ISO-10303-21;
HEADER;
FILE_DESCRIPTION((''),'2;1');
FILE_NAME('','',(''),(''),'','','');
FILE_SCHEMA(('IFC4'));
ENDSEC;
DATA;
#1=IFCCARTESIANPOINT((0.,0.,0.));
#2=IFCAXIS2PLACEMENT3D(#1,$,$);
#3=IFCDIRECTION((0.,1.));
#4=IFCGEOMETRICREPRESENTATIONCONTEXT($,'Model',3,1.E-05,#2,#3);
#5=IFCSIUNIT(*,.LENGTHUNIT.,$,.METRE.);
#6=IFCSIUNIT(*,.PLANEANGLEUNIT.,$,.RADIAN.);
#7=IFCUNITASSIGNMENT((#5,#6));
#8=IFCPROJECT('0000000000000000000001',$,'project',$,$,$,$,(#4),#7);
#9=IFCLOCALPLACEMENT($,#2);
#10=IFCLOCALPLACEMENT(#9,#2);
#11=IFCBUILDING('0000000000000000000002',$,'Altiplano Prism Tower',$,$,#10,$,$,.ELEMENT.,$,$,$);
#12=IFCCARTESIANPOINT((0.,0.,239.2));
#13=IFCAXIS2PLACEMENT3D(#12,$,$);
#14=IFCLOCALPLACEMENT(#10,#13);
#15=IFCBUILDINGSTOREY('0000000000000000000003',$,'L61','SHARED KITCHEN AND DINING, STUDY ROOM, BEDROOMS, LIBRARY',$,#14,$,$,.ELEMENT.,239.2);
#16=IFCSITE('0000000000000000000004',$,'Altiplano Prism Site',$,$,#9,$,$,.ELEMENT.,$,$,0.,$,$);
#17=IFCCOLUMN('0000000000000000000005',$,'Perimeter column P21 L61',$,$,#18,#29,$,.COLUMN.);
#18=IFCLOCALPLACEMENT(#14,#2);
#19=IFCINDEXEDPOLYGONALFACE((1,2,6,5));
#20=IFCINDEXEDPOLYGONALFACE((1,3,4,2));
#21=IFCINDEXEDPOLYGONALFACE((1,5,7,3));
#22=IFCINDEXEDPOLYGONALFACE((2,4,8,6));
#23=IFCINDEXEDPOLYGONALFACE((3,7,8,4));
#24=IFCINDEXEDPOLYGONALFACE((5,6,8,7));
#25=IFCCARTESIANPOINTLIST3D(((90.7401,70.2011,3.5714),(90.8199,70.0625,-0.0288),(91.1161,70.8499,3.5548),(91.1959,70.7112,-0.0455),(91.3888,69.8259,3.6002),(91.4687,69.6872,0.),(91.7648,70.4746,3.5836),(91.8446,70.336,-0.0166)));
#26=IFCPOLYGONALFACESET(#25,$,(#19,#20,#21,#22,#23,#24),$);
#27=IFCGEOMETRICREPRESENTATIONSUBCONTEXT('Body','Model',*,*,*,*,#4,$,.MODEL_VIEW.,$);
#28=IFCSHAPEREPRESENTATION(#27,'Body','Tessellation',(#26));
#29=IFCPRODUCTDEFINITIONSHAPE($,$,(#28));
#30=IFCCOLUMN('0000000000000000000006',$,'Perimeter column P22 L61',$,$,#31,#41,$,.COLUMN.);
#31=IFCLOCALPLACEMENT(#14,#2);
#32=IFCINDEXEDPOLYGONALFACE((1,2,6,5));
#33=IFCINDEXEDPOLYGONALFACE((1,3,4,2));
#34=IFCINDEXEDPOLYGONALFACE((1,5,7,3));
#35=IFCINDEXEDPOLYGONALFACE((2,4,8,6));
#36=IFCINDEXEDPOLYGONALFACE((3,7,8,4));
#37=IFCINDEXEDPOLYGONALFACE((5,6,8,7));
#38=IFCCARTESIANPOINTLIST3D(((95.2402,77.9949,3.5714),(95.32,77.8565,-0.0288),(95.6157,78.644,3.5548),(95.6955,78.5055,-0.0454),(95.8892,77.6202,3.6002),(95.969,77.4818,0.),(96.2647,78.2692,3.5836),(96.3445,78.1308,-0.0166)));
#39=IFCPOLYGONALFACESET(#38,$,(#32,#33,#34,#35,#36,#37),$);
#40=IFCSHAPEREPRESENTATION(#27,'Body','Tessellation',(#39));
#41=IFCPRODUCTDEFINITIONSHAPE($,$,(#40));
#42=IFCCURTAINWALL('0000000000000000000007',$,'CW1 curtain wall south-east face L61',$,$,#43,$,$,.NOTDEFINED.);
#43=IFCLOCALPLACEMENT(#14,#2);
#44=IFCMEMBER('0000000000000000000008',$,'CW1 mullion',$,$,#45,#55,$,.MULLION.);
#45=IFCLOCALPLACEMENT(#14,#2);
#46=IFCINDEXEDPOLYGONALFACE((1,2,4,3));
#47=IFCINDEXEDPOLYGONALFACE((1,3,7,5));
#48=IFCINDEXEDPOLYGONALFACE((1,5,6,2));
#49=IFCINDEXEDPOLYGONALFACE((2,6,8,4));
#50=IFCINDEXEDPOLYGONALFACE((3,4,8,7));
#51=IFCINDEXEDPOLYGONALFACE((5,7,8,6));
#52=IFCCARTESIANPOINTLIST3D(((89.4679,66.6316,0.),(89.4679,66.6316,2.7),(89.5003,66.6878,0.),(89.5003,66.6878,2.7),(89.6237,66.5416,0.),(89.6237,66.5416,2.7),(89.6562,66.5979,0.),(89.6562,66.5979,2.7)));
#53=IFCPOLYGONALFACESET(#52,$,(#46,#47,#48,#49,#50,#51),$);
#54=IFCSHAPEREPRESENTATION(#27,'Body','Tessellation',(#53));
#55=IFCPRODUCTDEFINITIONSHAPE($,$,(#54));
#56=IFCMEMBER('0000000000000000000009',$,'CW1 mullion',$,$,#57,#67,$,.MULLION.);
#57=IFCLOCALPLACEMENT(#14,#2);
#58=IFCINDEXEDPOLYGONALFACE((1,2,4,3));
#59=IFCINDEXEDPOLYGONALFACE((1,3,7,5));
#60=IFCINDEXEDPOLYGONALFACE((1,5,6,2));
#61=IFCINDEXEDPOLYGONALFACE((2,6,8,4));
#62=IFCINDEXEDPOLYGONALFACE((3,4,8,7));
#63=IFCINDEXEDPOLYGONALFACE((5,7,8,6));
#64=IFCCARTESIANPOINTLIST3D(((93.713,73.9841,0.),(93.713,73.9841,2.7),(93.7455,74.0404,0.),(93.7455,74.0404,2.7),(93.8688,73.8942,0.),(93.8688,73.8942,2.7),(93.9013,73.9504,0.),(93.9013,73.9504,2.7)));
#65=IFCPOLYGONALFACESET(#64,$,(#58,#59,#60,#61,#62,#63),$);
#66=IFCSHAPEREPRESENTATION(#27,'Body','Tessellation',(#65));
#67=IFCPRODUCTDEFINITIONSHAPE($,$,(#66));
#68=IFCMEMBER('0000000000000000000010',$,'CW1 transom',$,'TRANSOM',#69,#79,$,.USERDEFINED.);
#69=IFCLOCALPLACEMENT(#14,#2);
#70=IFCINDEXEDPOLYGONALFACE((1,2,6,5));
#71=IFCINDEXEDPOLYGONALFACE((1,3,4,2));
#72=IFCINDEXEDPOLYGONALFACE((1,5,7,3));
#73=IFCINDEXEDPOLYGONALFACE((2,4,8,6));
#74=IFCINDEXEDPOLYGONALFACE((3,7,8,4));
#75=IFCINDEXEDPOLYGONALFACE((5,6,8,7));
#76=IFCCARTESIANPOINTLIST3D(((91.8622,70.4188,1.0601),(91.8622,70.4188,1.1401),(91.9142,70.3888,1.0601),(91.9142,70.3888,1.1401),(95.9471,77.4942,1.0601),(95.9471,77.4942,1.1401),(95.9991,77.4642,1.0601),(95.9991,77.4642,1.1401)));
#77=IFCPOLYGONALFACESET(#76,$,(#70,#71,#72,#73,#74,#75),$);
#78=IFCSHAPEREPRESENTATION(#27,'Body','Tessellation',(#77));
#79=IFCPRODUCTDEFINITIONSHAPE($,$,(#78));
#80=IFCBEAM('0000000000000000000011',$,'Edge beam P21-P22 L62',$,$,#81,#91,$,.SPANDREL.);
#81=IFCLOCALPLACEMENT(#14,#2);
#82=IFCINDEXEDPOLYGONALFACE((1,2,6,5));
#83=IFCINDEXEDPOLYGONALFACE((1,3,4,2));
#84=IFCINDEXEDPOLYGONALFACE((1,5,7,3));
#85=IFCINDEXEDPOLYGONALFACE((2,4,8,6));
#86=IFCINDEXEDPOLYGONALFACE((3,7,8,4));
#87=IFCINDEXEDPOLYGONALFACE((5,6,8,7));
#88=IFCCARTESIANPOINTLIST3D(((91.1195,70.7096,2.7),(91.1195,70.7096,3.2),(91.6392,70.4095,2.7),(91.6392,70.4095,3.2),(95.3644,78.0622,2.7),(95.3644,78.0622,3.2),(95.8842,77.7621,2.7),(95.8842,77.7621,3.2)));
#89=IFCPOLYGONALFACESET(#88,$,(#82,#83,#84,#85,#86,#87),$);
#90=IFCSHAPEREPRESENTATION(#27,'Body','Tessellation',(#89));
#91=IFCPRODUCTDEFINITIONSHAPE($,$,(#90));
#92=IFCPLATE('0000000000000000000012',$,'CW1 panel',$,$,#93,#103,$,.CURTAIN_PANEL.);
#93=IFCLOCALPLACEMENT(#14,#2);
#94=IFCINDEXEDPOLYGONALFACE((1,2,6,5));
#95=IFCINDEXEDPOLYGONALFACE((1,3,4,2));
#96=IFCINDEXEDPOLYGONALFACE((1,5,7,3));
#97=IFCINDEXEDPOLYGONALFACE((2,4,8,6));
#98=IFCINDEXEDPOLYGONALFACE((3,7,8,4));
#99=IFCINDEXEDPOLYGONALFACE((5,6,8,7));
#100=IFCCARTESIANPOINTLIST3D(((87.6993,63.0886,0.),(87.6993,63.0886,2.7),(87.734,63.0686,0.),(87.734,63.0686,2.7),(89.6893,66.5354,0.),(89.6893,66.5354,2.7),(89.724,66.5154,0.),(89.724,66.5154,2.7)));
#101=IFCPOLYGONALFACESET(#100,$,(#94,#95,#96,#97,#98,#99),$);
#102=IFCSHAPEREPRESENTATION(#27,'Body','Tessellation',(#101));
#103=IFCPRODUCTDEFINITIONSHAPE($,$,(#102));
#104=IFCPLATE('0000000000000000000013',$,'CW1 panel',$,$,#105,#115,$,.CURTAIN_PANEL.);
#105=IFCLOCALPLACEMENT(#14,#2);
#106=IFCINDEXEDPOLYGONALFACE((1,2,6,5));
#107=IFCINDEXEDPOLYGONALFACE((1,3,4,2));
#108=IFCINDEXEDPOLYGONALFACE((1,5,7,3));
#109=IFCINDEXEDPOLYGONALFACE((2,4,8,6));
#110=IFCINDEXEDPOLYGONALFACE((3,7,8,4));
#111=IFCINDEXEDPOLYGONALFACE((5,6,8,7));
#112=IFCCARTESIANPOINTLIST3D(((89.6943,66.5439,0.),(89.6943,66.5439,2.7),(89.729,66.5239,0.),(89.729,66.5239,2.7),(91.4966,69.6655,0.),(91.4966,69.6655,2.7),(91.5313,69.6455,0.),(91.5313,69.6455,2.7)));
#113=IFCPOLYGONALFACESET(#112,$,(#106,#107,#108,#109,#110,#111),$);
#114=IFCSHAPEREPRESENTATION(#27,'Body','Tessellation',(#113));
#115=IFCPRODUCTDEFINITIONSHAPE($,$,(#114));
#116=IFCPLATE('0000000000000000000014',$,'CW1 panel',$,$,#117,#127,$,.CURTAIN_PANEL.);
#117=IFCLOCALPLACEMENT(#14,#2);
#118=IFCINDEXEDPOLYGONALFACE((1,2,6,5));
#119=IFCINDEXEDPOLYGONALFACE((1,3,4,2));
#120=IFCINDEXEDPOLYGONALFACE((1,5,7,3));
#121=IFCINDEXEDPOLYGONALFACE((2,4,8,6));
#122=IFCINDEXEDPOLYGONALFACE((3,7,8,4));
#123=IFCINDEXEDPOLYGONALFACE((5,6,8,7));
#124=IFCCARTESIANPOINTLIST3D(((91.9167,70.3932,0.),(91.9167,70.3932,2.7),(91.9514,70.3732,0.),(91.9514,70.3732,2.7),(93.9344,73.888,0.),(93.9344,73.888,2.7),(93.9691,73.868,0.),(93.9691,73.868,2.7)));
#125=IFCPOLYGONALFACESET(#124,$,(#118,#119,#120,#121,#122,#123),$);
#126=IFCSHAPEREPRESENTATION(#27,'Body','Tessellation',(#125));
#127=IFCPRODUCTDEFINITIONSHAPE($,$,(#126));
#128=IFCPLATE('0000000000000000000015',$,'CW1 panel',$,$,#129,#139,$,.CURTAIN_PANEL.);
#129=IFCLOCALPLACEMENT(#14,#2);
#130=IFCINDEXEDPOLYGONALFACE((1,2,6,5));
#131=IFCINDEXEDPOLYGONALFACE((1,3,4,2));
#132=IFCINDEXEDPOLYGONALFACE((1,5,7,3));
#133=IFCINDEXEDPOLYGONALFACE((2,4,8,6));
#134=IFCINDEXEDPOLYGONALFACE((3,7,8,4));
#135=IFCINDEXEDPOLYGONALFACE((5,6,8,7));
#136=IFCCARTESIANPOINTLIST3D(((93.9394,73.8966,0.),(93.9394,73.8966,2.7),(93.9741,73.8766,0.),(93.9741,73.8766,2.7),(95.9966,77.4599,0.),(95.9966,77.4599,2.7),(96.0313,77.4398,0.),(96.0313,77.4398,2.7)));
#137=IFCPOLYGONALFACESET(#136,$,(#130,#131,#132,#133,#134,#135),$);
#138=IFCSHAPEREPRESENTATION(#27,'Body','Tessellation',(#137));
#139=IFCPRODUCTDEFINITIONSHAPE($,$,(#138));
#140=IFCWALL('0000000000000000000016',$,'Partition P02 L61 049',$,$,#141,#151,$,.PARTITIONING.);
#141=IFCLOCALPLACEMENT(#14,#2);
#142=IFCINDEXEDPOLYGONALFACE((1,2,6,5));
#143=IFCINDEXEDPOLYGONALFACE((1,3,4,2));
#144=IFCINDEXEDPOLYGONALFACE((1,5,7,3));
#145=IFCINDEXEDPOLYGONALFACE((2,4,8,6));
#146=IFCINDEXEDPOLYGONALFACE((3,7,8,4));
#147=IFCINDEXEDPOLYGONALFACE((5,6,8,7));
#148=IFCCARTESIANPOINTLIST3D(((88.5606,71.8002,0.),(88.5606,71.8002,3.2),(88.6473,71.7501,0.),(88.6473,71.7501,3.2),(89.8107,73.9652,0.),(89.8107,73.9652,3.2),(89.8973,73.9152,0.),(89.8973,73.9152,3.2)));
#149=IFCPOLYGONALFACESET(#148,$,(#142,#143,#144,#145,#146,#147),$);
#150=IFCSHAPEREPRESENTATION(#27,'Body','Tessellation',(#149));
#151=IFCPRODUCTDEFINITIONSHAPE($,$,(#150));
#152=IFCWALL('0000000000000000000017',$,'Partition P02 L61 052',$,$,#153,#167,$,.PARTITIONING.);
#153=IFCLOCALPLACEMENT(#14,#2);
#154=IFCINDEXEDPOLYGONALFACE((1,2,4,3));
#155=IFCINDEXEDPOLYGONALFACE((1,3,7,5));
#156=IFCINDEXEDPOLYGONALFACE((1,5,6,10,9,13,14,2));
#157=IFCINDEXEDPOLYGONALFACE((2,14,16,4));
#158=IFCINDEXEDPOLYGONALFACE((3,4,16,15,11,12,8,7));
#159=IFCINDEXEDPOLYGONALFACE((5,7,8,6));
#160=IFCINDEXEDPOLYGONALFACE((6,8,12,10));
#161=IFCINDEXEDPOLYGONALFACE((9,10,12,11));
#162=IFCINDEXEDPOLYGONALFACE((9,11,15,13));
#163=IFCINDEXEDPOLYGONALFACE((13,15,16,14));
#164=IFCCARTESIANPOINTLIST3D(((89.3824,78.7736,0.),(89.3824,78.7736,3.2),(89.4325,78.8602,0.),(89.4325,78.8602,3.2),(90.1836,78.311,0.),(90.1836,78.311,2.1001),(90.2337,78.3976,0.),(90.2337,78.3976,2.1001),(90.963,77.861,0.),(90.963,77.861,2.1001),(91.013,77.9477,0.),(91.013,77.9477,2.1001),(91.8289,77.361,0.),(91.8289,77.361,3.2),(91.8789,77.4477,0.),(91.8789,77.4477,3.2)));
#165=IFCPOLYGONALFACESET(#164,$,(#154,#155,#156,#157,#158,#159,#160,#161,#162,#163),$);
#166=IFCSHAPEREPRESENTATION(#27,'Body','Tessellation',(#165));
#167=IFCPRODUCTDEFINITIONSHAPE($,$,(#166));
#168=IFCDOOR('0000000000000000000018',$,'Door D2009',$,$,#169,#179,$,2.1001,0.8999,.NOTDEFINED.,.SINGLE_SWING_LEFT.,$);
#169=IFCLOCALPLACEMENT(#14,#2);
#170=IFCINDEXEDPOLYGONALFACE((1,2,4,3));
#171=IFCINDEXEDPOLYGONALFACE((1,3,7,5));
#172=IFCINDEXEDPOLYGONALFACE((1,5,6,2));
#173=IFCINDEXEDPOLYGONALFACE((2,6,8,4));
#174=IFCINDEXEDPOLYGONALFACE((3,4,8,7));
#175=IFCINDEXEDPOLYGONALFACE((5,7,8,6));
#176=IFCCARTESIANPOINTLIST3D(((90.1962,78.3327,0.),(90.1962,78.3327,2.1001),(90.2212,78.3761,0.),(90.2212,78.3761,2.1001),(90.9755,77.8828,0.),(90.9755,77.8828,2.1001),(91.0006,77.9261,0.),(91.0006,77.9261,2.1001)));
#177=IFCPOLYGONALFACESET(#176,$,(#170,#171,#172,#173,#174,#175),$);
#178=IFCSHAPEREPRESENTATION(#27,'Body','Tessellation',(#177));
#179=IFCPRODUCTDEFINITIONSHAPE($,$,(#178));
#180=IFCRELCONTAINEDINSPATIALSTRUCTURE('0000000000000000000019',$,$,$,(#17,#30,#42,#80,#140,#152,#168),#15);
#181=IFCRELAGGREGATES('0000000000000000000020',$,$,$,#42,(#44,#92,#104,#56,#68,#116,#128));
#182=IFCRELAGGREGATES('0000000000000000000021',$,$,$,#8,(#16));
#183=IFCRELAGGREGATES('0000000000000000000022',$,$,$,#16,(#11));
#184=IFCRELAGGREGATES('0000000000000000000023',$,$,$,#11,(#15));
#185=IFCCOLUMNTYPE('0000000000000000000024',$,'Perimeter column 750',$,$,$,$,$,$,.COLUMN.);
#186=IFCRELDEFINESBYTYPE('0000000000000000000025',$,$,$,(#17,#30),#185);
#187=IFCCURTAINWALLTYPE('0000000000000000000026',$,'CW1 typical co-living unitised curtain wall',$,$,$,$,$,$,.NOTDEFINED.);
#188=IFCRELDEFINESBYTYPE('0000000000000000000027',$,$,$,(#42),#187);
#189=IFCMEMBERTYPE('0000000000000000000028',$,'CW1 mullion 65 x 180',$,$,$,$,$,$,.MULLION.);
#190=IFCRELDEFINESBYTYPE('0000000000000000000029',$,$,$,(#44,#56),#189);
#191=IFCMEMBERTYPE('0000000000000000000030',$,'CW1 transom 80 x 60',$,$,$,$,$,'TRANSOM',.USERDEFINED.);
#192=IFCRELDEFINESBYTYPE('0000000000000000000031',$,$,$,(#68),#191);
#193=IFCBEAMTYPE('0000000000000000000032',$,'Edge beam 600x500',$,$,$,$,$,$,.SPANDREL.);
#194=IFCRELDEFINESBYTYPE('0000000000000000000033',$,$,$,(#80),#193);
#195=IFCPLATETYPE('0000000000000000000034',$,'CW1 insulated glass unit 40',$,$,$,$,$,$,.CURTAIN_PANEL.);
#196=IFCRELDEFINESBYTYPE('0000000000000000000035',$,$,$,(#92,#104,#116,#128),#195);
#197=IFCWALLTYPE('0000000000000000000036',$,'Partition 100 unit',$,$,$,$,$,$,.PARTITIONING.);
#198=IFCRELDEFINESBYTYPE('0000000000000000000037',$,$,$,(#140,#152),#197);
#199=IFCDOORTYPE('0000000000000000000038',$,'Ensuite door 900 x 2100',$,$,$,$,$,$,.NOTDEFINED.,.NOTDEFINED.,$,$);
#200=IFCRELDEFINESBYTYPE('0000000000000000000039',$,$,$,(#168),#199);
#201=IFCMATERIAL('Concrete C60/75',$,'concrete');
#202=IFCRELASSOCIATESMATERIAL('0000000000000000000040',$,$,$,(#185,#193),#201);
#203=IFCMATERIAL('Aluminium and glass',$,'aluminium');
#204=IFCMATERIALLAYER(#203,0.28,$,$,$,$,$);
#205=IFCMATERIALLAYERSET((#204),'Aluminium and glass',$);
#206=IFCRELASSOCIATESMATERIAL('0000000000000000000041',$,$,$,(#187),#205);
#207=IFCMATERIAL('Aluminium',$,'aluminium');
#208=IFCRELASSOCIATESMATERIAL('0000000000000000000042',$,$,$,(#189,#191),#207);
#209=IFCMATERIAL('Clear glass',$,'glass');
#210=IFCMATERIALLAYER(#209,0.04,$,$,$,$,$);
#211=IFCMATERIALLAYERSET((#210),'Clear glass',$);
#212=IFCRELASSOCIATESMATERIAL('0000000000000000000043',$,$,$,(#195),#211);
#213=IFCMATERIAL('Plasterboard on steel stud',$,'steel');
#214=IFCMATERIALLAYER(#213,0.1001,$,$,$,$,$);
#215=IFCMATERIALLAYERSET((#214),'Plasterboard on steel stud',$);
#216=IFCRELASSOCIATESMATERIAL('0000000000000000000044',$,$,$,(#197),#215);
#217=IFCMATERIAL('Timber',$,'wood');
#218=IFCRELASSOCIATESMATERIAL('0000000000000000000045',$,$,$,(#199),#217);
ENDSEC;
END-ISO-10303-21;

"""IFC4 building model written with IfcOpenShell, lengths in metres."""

from ifc_helpers import new_model, si_unit, direction, frame, frame_2d, origin, origin_2d, place, context, subcontext, project, spatial, rectangle, extrude, material, layer, layer_set, material_profile, profile_set, type_object, element, fill, aggregate, save


model = new_model("IFC4")

# Units and contexts
model_context = context("Model", 3, precision=1e-05, world=origin(), true_north=direction((0.0, 1.0)))
body_context = subcontext(model_context, "Body", "Model", "MODEL_VIEW")
ifc_project = project(units=[si_unit("LENGTHUNIT", "METRE"), si_unit("PLANEANGLEUNIT", "RADIAN")], contexts=[model_context])

# Site, building, storey
site_placement = place(None, origin())
site = spatial("IfcSite", under=ifc_project, at=site_placement, Name="Altiplano Prism Site", CompositionType="ELEMENT", RefElevation=0.0)
building_placement = place(site_placement, origin())
building = spatial("IfcBuilding", under=site, at=building_placement, Name="Altiplano Prism Tower", CompositionType="ELEMENT")
storey_placement = place(building_placement, frame((0.0, 0.0, 239.2)))
storey = spatial("IfcBuildingStorey", under=building, at=storey_placement, Name="L61", Description="SHARED KITCHEN AND DINING, STUDY ROOM, BEDROOMS, LIBRARY", CompositionType="ELEMENT", Elevation=239.2)

# Columns
ifc_material_1 = material(Name="Concrete C60/75", Category="concrete")
ifc_material_profile_1 = material_profile(ifc_material_1, rectangle(XDim=0.75, YDim=0.75, at=origin_2d()), Name="Perimeter column 750")
ifc_profile_set_1 = profile_set([ifc_material_profile_1], Name="Concrete C60/75")
column_type = type_object("IfcColumnType", Name="Perimeter column 750", PredefinedType="COLUMN", material=ifc_profile_set_1)
for number, where, z_axis, x_axis, name in (
    (1, (91.3323, 70.1992, -0.0227), (-0.022154, 0.038481, 0.999014), (-0.50131, -0.864983, 0.022201), "Perimeter column P21 L61"),
    (2, (95.8323, 77.9937, -0.0227), (-0.022154, 0.038413, 0.999016), (-0.50065, -0.865366, 0.022172), "Perimeter column P22 L61"),
):
    element("IfcColumn", number, at=place(storey_placement, frame(where, z_axis=z_axis, x_axis=x_axis)), inside=storey, type_object=column_type, Name=name, PredefinedType="COLUMN", context=body_context, shape_type="SweptSolid", body=[
        extrude(rectangle(XDim=0.75, YDim=0.75, at=origin_2d()), origin(), (0.0, 0.0, 1.0), 3.6038),
    ])

# Curtain wall, members
ifc_material_2 = material(Name="Aluminium and glass", Category="aluminium")
ifc_layer_1 = layer(ifc_material_2, 0.28)
ifc_layer_set_1 = layer_set([ifc_layer_1], Name="Aluminium and glass")
curtain_wall_type = type_object("IfcCurtainWallType", Name="CW1 typical co-living unitised curtain wall", PredefinedType="NOTDEFINED", material=ifc_layer_set_1)
curtain_wall_placement = place(storey_placement, origin())
curtain_wall = element("IfcCurtainWall", 3, at=curtain_wall_placement, inside=storey, type_object=curtain_wall_type, Name="CW1 curtain wall south-east face L61", PredefinedType="NOTDEFINED")
ifc_material_3 = material(Name="Aluminium", Category="aluminium")
ifc_material_profile_2 = material_profile(ifc_material_3, rectangle(XDim=0.1799, YDim=0.0649, at=origin_2d()), Name="CW1 mullion 65 x 180")
ifc_profile_set_2 = profile_set([ifc_material_profile_2], Name="Aluminium")
member_type_1 = type_object("IfcMemberType", Name="CW1 mullion 65 x 180", PredefinedType="MULLION", material=ifc_profile_set_2)
member_1_placement = place(storey_placement, frame((89.562, 66.6147, 0.0), z_axis=(0.0, 0.0, 1.0), x_axis=(-0.866025, 0.5, 0.0)))
member_1 = element("IfcMember", 4, at=member_1_placement, type_object=member_type_1, Name="CW1 mullion", PredefinedType="MULLION", context=body_context, shape_type="SweptSolid", body=[
    extrude(rectangle(XDim=0.1799, YDim=0.0649, at=origin_2d()), origin(), (0.0, 0.0, 1.0), 2.7),
])
member_2_placement = place(storey_placement, frame((93.8071, 73.9673, 0.0), z_axis=(0.0, 0.0, 1.0), x_axis=(-0.866025, 0.5, 0.0)))
member_2 = element("IfcMember", 5, at=member_2_placement, type_object=member_type_1, Name="CW1 mullion", PredefinedType="MULLION", context=body_context, shape_type="SweptSolid", body=[
    extrude(rectangle(XDim=0.1799, YDim=0.0649, at=origin_2d()), origin(), (0.0, 0.0, 1.0), 2.7),
])
ifc_material_profile_3 = material_profile(ifc_material_3, rectangle(XDim=0.0601, YDim=0.0801, at=origin_2d()), Name="CW1 transom 80 x 60")
ifc_profile_set_3 = profile_set([ifc_material_profile_3], Name="Aluminium")
member_type_2 = type_object("IfcMemberType", Name="CW1 transom 80 x 60", ElementType="TRANSOM", PredefinedType="USERDEFINED", material=ifc_profile_set_3)
member_3_placement = place(storey_placement, frame((91.8882, 70.4038, 1.1001), z_axis=(0.499996, 0.866028, 0.0), x_axis=(-0.866028, 0.499996, 0.0)))
member_3 = element("IfcMember", 6, at=member_3_placement, type_object=member_type_2, Name="CW1 transom", ObjectType="TRANSOM", PredefinedType="USERDEFINED", context=body_context, shape_type="SweptSolid", body=[
    extrude(rectangle(XDim=0.0601, YDim=0.0801, at=origin_2d()), origin(), (0.0, 0.0, 1.0), 8.1699),
])

# Beam
ifc_material_profile_4 = material_profile(ifc_material_1, rectangle(XDim=0.6001, YDim=0.5, at=origin_2d()), Name="Edge beam 600x500")
ifc_profile_set_4 = profile_set([ifc_material_profile_4], Name="Concrete C60/75")
beam_type = type_object("IfcBeamType", Name="Edge beam 600x500", PredefinedType="SPANDREL", material=ifc_profile_set_4)
beam_placement = place(storey_placement, frame((91.3794, 70.5596, 2.95), z_axis=(0.49999, 0.866031, 0.0), x_axis=(-0.866031, 0.49999, 0.0)))
element("IfcBeam", 7, at=beam_placement, inside=storey, type_object=beam_type, Name="Edge beam P21-P22 L62", PredefinedType="SPANDREL", context=body_context, shape_type="SweptSolid", body=[
    extrude(rectangle(XDim=0.6001, YDim=0.5, at=origin_2d()), origin(), (0.0, 0.0, 1.0), 8.49),
])

# Plates
ifc_material_4 = material(Name="Clear glass", Category="glass")
ifc_layer_2 = layer(ifc_material_4, 0.04)
ifc_layer_set_2 = layer_set([ifc_layer_2], Name="Clear glass")
plate_type = type_object("IfcPlateType", Name="CW1 insulated glass unit 40", PredefinedType="CURTAIN_PANEL", material=ifc_layer_set_2)
plate_1_placement = place(storey_placement, frame((88.7117, 64.802, 0.0), z_axis=(0.0, 0.0, 1.0), x_axis=(0.5, 0.866025, 0.0)))
plate_1 = element("IfcPlate", 8, at=plate_1_placement, type_object=plate_type, Name="CW1 panel", PredefinedType="CURTAIN_PANEL", context=body_context, shape_type="SweptSolid", body=[
    extrude(rectangle(XDim=3.98, YDim=0.04, at=origin_2d()), origin(), (0.0, 0.0, 1.0), 2.7),
])
plate_2_placement = place(storey_placement, frame((90.6128, 68.0947, 0.0), z_axis=(0.0, 0.0, 1.0), x_axis=(0.5, 0.866025, 0.0)))
plate_2 = element("IfcPlate", 9, at=plate_2_placement, type_object=plate_type, Name="CW1 panel", PredefinedType="CURTAIN_PANEL", context=body_context, shape_type="SweptSolid", body=[
    extrude(rectangle(XDim=3.6045, YDim=0.04, at=origin_2d()), origin(), (0.0, 0.0, 1.0), 2.7),
])
plate_3_placement = place(storey_placement, frame((92.9429, 72.1306, 0.0), z_axis=(0.0, 0.0, 1.0), x_axis=(0.5, 0.866025, 0.0)))
plate_3 = element("IfcPlate", 10, at=plate_3_placement, type_object=plate_type, Name="CW1 panel", PredefinedType="CURTAIN_PANEL", context=body_context, shape_type="SweptSolid", body=[
    extrude(rectangle(XDim=4.0354, YDim=0.04, at=origin_2d()), origin(), (0.0, 0.0, 1.0), 2.7),
])
plate_4_placement = place(storey_placement, frame((94.9854, 75.6682, 0.0), z_axis=(0.0, 0.0, 1.0), x_axis=(0.5, 0.866025, 0.0)))
plate_4 = element("IfcPlate", 11, at=plate_4_placement, type_object=plate_type, Name="CW1 panel", PredefinedType="CURTAIN_PANEL", context=body_context, shape_type="SweptSolid", body=[
    extrude(rectangle(XDim=4.1145, YDim=0.04, at=origin_2d()), origin(), (0.0, 0.0, 1.0), 2.7),
])
aggregate(curtain_wall, [member_1, plate_1, plate_2, member_2, member_3, plate_3, plate_4])

# Wall
ifc_material_5 = material(Name="Plasterboard on steel stud", Category="steel")
ifc_layer_3 = layer(ifc_material_5, 0.1001)
ifc_layer_set_3 = layer_set([ifc_layer_3], Name="Plasterboard on steel stud")
wall_type_1 = type_object("IfcWallType", Name="Partition 100 unit", PredefinedType="PARTITIONING", material=ifc_layer_set_3)
wall_1_placement = place(storey_placement, frame((89.854, 73.9402, 0.0), z_axis=(0.0, 0.0, 1.0), x_axis=(-0.500004, -0.866023, 0.0)))
element("IfcWall", 12, at=wall_1_placement, inside=storey, type_object=wall_type_1, Name="Partition P02 L61 049", PredefinedType="PARTITIONING", context=body_context, shape_type="SweptSolid", body=[
    extrude(rectangle(XDim=2.5, YDim=0.1001, at=frame_2d((1.25, 0.0))), origin(), (0.0, 0.0, 1.0), 3.2),
])

# Wall, opening, door
wall_2_placement = place(storey_placement, frame((91.854, 77.4043, 0.0), z_axis=(0.0, 0.0, 1.0), x_axis=(-0.866011, 0.500024, 0.0)))
wall_2 = element("IfcWall", 13, at=wall_2_placement, inside=storey, type_object=wall_type_1, Name="Partition P02 L61 052", PredefinedType="PARTITIONING", context=body_context, shape_type="SweptSolid", body=[
    extrude(rectangle(XDim=2.825, YDim=0.1001, at=frame_2d((1.4126, 0.0))), origin(), (0.0, 0.0, 1.0), 3.2),
])
opening_placement = place(wall_2_placement, frame((1.0, 0.0, 0.0)))
opening = element("IfcOpeningElement", 14, at=opening_placement, cuts=wall_2, PredefinedType="OPENING", context=body_context, shape_type="SweptSolid", body=[
    extrude(rectangle(XDim=0.8999, YDim=2.1001, at=frame_2d((0.45, 1.05))), frame((0.0, 0.0605, 0.0), z_axis=(0.0, -1.0, 0.0), x_axis=(1.0, 0.0, 0.0)), (0.0, 0.0, 1.0), 0.1211),
])
ifc_material_6 = material(Name="Timber", Category="wood")
door_type = type_object("IfcDoorType", Name="Ensuite door 900 x 2100", OperationType="NOTDEFINED", PredefinedType="NOTDEFINED", material=ifc_material_6)
door_placement = place(opening_placement, origin())
door = element("IfcDoor", 15, at=door_placement, inside=storey, type_object=door_type, Name="Door D2009", OperationType="SINGLE_SWING_LEFT", OverallHeight=2.1001, OverallWidth=0.8999, PredefinedType="NOTDEFINED", context=body_context, shape_type="SweptSolid", body=[
    extrude(rectangle(XDim=0.8999, YDim=2.1001, at=frame_2d((0.45, 1.05))), frame((0.0, 0.0249, 0.0), z_axis=(0.0, -1.0, 0.0), x_axis=(1.0, 0.0, 0.0)), (0.0, 0.0, 1.0), 0.05),
])
fill(opening, door)

save(model, "model.ifc")
